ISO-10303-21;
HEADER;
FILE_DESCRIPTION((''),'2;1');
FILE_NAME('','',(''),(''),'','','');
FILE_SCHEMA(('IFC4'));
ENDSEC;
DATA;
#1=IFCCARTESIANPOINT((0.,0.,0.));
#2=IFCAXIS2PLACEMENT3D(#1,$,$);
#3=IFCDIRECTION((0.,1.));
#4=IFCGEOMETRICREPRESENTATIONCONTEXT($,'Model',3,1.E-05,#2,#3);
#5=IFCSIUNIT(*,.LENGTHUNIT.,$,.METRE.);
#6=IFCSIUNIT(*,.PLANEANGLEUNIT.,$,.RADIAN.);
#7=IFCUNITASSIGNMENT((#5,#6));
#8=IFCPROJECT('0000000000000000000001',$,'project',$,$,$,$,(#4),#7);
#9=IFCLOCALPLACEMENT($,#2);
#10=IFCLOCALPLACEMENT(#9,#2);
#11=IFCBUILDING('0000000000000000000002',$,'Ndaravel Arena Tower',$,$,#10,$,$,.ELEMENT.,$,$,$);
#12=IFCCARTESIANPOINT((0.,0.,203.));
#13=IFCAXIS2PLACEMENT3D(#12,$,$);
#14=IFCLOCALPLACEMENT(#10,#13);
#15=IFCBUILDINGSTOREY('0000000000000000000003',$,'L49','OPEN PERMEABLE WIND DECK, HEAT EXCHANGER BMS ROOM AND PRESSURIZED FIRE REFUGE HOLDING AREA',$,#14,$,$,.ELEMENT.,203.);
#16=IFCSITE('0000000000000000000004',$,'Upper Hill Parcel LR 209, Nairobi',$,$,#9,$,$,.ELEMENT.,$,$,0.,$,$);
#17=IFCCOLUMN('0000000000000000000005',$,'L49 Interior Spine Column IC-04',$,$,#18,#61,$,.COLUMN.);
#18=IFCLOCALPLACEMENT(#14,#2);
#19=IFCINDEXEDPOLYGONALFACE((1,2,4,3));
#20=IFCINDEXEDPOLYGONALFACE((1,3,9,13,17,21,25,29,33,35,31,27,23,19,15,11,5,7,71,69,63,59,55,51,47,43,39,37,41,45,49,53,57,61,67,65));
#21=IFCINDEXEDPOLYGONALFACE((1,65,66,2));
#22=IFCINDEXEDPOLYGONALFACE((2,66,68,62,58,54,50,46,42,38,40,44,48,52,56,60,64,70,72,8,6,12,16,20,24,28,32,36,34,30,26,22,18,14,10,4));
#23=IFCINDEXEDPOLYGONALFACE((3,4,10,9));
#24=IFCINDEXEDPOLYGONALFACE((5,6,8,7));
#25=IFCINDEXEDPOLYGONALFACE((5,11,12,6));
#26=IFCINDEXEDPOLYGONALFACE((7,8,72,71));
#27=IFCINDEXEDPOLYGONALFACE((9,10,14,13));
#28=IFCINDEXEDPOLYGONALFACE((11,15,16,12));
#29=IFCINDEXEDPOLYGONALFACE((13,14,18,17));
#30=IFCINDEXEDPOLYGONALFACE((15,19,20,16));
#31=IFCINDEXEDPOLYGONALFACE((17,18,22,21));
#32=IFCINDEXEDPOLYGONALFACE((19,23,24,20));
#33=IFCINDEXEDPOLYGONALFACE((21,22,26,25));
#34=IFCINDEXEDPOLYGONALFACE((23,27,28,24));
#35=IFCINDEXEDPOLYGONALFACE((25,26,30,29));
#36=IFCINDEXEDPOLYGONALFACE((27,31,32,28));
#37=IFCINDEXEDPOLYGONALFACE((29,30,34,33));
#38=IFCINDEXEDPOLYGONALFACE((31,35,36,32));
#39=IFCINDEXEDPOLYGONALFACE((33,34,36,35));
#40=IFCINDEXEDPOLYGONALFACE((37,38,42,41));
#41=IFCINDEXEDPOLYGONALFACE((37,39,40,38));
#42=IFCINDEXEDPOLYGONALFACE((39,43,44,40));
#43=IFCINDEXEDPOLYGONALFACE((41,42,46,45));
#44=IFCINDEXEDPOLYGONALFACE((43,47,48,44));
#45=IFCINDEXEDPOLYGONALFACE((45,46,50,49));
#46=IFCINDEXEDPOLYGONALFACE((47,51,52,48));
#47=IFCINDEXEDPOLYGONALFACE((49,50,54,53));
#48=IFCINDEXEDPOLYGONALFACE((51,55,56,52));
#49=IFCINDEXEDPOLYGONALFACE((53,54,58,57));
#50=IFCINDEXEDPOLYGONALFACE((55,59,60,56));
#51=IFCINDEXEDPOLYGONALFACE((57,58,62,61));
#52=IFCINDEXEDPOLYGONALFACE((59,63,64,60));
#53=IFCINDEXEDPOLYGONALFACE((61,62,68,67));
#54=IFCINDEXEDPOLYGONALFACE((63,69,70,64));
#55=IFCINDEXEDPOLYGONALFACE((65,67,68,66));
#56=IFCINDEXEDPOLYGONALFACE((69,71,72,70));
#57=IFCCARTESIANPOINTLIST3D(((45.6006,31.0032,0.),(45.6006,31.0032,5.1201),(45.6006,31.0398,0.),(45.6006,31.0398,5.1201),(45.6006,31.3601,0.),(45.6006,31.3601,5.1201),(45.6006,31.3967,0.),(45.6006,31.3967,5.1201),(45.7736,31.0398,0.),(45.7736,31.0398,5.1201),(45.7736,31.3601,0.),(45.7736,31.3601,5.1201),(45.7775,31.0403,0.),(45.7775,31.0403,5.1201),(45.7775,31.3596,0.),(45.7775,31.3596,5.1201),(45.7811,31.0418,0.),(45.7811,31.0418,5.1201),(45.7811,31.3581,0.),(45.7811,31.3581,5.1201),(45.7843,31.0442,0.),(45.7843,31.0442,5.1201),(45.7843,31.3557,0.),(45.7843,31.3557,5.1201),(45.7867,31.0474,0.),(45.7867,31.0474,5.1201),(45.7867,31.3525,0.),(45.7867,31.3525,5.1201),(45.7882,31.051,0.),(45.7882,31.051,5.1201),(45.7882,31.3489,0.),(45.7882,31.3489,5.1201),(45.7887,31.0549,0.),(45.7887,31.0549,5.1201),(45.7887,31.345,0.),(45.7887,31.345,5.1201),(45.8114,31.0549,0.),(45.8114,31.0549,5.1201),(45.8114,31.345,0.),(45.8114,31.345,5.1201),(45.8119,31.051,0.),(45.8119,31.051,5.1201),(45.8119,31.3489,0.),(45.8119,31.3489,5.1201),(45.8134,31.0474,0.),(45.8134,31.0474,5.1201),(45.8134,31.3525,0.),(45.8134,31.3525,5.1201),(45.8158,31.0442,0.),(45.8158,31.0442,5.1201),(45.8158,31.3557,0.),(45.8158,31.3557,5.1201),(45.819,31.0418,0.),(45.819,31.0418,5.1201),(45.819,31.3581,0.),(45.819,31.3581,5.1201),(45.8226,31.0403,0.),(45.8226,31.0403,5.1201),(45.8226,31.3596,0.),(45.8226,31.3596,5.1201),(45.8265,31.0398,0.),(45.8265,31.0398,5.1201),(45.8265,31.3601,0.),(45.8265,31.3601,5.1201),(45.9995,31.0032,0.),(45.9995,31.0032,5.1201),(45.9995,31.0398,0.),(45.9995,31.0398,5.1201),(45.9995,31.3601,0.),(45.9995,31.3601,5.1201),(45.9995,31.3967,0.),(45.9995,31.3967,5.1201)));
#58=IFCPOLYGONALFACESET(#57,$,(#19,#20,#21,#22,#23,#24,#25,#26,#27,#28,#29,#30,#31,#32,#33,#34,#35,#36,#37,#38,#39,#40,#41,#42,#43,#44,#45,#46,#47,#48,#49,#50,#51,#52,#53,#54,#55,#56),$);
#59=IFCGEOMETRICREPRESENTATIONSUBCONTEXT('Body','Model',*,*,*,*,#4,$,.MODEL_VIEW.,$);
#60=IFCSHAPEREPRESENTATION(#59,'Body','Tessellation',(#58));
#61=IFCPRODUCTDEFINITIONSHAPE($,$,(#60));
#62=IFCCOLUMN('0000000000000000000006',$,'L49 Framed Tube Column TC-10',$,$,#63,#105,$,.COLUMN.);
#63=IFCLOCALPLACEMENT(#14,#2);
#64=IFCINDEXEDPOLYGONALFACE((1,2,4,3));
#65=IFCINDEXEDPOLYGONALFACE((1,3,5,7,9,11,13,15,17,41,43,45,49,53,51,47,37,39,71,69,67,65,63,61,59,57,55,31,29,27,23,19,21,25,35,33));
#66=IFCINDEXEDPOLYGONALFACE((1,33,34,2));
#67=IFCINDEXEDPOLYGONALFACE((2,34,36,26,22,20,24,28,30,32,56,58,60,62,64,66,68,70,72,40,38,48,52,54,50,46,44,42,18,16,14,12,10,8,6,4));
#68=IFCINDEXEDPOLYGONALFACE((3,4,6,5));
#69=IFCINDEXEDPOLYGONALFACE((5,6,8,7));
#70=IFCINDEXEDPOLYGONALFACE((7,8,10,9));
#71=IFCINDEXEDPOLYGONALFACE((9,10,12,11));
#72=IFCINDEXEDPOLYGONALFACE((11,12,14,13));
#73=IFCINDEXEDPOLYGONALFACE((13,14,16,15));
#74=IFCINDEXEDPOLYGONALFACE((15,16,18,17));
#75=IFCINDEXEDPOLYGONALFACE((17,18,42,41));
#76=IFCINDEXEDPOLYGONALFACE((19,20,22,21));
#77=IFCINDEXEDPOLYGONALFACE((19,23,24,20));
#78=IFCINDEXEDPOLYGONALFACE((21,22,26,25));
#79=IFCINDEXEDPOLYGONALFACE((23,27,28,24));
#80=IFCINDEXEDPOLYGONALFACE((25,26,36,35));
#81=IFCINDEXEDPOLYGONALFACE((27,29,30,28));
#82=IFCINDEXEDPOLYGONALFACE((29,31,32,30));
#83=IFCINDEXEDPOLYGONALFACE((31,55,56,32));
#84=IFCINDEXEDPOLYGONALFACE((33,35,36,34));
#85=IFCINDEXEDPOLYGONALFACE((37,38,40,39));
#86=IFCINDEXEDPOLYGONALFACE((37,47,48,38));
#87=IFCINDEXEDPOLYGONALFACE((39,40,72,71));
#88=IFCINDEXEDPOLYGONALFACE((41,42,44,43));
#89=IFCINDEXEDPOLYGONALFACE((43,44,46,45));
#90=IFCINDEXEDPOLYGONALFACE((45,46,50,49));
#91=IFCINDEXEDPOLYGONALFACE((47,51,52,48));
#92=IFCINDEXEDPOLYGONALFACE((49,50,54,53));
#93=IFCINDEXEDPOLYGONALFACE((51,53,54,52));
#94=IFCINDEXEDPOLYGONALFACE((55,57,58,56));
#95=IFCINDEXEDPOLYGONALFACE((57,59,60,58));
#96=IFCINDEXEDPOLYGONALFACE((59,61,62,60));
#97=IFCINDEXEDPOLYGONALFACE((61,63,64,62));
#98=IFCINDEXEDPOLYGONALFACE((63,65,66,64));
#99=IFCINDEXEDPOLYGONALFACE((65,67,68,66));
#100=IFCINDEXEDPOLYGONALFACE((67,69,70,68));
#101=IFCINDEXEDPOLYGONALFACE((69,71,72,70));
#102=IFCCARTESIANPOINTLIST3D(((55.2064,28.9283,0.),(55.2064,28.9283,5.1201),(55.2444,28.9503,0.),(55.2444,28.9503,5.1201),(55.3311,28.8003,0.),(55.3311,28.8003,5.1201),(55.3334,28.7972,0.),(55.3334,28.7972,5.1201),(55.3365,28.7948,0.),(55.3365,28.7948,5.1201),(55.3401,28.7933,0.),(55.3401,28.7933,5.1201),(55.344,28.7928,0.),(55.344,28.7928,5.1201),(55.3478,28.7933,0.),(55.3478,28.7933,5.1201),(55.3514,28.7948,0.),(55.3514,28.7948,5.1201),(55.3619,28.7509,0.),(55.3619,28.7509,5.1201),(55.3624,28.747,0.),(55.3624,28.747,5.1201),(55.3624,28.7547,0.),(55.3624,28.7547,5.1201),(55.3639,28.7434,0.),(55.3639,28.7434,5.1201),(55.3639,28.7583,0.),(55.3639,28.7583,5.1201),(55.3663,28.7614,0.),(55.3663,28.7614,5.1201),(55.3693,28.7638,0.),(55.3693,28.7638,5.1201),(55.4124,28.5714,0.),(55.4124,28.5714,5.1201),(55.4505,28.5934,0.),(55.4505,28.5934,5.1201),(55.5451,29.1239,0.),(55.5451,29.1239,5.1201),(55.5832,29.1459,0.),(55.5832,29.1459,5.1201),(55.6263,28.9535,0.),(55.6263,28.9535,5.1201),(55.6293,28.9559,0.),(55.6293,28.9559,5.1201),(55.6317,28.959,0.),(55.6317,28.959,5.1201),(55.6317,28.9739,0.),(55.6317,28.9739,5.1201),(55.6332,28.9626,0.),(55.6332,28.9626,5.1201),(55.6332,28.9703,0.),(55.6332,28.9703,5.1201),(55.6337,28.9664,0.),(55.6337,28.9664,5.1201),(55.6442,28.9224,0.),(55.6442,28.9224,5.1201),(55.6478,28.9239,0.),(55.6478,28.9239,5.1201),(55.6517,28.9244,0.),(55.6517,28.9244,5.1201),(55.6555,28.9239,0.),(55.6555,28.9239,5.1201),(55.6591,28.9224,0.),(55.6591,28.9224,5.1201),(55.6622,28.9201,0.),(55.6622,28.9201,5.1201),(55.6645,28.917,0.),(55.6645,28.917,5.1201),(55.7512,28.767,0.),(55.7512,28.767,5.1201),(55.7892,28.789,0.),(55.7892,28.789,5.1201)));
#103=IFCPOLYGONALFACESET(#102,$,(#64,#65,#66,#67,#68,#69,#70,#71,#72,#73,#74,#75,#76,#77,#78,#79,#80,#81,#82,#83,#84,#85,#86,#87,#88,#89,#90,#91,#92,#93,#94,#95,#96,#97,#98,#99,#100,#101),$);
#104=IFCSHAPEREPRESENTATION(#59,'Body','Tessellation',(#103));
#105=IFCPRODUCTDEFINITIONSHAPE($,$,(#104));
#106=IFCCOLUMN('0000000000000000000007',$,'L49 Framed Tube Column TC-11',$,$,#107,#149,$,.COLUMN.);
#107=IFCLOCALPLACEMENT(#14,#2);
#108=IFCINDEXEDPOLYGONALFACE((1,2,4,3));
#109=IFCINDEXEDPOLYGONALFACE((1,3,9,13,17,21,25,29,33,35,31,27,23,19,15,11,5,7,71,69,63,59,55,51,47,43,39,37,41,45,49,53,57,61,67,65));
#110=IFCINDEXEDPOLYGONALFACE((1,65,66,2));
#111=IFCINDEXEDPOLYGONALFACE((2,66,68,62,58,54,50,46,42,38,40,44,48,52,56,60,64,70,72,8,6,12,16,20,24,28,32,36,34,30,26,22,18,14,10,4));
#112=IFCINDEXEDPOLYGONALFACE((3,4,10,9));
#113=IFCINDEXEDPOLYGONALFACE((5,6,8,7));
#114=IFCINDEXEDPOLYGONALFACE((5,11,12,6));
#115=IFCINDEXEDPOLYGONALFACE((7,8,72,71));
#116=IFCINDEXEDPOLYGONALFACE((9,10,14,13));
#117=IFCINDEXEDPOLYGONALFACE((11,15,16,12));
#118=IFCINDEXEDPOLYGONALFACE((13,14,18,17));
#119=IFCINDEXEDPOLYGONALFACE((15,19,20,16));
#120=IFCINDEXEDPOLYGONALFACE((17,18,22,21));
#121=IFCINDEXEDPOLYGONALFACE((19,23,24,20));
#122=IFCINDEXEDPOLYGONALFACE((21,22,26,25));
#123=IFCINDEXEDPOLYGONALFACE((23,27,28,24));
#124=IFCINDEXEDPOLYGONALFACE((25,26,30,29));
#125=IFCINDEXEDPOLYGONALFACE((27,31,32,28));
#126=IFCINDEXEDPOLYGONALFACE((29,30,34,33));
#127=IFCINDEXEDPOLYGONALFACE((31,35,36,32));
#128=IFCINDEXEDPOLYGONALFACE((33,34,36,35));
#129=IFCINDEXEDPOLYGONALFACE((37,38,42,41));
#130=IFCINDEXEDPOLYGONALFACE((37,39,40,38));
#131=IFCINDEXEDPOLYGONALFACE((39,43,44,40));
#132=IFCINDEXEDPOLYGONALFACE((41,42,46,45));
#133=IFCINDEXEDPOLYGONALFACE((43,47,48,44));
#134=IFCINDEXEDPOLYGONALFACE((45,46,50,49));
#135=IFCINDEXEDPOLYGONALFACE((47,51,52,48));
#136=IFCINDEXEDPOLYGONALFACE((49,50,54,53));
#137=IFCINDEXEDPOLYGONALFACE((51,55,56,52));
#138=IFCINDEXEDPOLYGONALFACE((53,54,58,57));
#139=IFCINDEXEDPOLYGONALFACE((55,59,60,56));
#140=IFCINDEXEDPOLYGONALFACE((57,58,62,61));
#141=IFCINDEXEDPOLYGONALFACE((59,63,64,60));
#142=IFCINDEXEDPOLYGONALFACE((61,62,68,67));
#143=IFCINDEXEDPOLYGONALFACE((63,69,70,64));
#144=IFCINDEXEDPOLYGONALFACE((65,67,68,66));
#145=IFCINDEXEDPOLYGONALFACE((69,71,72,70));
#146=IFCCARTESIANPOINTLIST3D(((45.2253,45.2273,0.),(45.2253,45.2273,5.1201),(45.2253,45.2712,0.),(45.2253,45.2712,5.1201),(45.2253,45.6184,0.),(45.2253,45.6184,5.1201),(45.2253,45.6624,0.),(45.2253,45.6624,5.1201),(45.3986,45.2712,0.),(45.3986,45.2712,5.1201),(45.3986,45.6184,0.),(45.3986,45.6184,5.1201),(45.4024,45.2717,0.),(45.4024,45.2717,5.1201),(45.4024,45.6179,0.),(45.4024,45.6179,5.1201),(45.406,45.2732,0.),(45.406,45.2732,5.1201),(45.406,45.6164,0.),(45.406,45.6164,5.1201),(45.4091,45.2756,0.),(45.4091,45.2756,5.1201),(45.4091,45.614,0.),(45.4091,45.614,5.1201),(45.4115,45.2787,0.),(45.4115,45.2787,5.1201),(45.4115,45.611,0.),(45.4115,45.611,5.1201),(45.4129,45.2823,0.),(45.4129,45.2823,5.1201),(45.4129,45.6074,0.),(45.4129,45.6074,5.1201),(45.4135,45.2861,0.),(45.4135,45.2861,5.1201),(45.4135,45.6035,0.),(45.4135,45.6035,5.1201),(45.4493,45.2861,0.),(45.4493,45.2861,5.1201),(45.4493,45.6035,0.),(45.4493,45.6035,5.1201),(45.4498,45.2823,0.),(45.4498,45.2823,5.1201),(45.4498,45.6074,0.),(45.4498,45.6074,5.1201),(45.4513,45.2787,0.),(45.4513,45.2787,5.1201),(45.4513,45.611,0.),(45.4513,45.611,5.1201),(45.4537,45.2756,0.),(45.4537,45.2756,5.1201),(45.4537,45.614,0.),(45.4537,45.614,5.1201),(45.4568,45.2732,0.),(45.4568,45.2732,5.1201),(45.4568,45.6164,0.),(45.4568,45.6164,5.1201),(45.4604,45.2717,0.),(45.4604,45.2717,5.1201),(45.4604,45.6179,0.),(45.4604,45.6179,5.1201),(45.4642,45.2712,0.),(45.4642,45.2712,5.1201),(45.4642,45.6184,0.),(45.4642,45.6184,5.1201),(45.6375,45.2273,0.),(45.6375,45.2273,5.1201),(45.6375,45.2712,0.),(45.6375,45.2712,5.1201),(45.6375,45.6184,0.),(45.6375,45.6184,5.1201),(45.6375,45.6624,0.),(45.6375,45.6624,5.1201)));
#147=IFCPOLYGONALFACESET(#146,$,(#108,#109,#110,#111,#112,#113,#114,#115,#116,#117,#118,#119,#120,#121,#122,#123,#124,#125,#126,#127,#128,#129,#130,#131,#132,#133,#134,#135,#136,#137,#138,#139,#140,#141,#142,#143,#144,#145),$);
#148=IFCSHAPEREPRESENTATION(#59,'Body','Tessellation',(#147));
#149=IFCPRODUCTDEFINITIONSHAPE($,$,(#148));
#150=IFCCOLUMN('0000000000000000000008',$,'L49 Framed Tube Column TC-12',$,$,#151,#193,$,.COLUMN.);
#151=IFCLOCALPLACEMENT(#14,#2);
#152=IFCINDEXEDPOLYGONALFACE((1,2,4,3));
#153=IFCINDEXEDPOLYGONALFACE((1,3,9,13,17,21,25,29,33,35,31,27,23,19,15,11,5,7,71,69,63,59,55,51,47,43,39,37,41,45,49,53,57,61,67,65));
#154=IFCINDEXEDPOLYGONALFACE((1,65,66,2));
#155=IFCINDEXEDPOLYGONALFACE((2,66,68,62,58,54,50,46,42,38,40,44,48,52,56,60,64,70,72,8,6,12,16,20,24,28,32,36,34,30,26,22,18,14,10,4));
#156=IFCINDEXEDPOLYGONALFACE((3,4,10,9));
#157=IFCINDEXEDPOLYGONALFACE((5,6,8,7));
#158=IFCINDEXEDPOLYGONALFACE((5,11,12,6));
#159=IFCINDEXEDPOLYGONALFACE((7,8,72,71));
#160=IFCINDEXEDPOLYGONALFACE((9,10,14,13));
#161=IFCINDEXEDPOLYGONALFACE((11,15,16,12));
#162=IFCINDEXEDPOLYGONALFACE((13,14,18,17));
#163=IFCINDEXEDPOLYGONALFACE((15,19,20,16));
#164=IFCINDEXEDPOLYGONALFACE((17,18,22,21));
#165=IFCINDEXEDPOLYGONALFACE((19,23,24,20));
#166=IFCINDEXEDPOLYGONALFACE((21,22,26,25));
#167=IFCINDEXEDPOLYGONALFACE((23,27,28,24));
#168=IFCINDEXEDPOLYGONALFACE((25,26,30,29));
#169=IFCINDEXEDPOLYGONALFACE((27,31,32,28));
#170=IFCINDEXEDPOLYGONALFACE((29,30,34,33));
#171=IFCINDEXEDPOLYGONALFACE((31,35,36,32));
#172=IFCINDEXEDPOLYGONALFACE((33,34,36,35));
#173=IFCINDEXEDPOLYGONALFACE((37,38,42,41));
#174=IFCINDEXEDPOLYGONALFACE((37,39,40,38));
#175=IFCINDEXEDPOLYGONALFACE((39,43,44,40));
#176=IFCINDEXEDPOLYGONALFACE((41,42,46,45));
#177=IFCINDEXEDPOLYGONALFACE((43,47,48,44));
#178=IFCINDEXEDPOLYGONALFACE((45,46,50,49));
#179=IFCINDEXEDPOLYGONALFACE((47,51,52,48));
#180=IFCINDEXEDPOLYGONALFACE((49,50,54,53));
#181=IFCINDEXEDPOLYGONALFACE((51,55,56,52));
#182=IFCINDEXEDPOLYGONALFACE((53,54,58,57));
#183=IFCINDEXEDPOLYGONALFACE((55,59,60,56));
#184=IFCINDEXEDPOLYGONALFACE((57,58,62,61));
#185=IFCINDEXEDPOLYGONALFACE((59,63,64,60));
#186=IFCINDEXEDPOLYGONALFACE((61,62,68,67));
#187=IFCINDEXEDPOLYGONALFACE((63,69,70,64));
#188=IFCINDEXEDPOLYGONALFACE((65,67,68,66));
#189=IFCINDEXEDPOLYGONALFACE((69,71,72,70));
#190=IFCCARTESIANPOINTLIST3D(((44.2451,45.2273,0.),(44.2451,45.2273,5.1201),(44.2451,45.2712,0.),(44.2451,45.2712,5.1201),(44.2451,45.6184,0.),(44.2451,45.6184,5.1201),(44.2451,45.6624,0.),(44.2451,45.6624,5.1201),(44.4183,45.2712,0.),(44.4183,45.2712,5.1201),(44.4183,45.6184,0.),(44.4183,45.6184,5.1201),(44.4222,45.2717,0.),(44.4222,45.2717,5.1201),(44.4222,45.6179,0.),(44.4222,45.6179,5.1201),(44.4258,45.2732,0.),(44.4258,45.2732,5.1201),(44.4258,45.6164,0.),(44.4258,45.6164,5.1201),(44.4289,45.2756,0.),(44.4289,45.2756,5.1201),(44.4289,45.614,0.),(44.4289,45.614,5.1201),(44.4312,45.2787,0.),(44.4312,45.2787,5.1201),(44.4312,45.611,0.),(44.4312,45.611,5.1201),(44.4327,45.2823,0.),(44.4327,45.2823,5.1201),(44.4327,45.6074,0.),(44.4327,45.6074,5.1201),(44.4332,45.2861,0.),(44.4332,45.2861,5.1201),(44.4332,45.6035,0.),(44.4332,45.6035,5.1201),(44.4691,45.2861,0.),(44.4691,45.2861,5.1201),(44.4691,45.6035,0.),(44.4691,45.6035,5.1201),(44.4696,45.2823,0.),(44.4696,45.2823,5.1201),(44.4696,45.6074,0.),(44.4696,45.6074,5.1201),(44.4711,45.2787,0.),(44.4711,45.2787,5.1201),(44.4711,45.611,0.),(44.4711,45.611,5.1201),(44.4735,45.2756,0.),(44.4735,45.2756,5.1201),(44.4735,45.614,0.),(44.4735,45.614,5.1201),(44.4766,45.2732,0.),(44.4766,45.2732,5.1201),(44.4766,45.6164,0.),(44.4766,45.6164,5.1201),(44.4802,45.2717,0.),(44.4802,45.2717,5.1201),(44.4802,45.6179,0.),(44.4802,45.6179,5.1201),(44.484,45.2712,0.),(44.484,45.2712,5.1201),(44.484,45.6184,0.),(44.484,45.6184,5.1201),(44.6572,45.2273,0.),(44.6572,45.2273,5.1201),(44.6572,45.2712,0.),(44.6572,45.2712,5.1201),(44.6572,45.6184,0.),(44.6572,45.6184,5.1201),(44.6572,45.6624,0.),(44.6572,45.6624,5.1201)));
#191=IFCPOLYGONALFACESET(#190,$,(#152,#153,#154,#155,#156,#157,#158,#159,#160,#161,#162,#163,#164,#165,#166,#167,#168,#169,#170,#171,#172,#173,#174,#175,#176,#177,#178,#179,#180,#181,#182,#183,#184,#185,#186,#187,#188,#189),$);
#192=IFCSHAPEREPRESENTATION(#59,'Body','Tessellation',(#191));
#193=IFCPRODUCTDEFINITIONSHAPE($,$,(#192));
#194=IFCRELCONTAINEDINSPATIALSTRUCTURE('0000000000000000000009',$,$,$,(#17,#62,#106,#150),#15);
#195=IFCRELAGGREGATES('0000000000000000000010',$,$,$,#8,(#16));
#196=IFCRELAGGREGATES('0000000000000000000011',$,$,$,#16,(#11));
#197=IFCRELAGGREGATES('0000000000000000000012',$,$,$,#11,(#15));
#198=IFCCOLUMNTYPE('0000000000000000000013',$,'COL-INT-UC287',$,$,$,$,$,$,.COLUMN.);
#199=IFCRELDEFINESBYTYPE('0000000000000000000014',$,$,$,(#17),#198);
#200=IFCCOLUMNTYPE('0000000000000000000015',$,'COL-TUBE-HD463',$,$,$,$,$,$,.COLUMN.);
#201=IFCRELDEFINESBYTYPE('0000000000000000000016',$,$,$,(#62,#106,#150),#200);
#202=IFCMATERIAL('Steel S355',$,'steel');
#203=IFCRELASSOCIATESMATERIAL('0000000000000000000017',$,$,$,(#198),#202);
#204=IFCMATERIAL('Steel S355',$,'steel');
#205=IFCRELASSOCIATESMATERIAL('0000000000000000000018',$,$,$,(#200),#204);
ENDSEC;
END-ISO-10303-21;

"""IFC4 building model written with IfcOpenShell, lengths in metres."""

from ifc_helpers import new_model, si_unit, direction, frame, origin, origin_2d, place, context, subcontext, project, spatial, i_section, extrude, material, material_profile, profile_set, type_object, element, save


model = new_model("IFC4")

# Units and contexts
model_context = context("Model", 3, precision=1e-05, world=origin(), true_north=direction((0.0, 1.0)))
body_context = subcontext(model_context, "Body", "Model", "MODEL_VIEW")
ifc_project = project(units=[si_unit("LENGTHUNIT", "METRE"), si_unit("PLANEANGLEUNIT", "RADIAN")], contexts=[model_context])

# Site, building, storey
site_placement = place(None, origin())
site = spatial("IfcSite", under=ifc_project, at=site_placement, Name="Upper Hill Parcel LR 209, Nairobi", CompositionType="ELEMENT", RefElevation=0.0)
building_placement = place(site_placement, origin())
building = spatial("IfcBuilding", under=site, at=building_placement, Name="Ndaravel Arena Tower", CompositionType="ELEMENT")
storey_placement = place(building_placement, frame((0.0, 0.0, 203.0)))
storey = spatial("IfcBuildingStorey", under=building, at=storey_placement, Name="L49", Description="OPEN PERMEABLE WIND DECK, HEAT EXCHANGER BMS ROOM AND PRESSURIZED FIRE REFUGE HOLDING AREA", CompositionType="ELEMENT", Elevation=203.0)

# Columns
ifc_material_1 = material(Name="Steel S355", Category="steel")
ifc_material_profile_1 = material_profile(ifc_material_1, i_section(OverallWidth=0.3989, OverallDepth=0.3936, WebThickness=0.0227, FlangeThickness=0.0366, FilletRadius=0.0151, at=origin_2d()), Name="UC 356x406x287")
ifc_profile_set_1 = profile_set([ifc_material_profile_1], Name="Steel S355")
column_type_1 = type_object("IfcColumnType", Name="COL-INT-UC287", PredefinedType="COLUMN", material=ifc_profile_set_1)
column_placement = place(storey_placement, frame((45.8, 31.2, 0.0), z_axis=(0.0, 0.0, 1.0), x_axis=(1.0, 0.0, 0.0)))
element("IfcColumn", 1, at=column_placement, inside=storey, type_object=column_type_1, Name="L49 Interior Spine Column IC-04", PredefinedType="COLUMN", context=body_context, shape_type="SweptSolid", body=[
    extrude(i_section(OverallWidth=0.3989, OverallDepth=0.3936, WebThickness=0.0227, FlangeThickness=0.0366, FilletRadius=0.0151, at=origin_2d()), origin(), (0.0, 0.0, 1.0), 5.1201),
])
ifc_material_2 = material(Name="Steel S355", Category="steel")
ifc_material_profile_2 = material_profile(ifc_material_2, i_section(OverallWidth=0.4121, OverallDepth=0.4351, WebThickness=0.0359, FlangeThickness=0.0439, FilletRadius=0.0149, at=origin_2d()), Name="HD 400x463")
ifc_profile_set_2 = profile_set([ifc_material_profile_2], Name="Steel S355")
column_type_2 = type_object("IfcColumnType", Name="COL-TUBE-HD463", PredefinedType="COLUMN", material=ifc_profile_set_2)
for number, where, z_axis, x_axis, name in (
    (2, (55.4978, 28.8586, 0.0), (0.0, 0.0, 1.0), (-0.5, 0.866025, 0.0), "L49 Framed Tube Column TC-10"),
    (3, (45.4314, 45.4448, 0.0), (0.0, 0.0, 1.0), (1.0, 0.0, 0.0), "L49 Framed Tube Column TC-11"),
    (4, (44.4512, 45.4448, 0.0), (0.0, 0.0, 1.0), (1.0, 0.0, 0.0), "L49 Framed Tube Column TC-12"),
):
    element("IfcColumn", number, at=place(storey_placement, frame(where, z_axis=z_axis, x_axis=x_axis)), inside=storey, type_object=column_type_2, Name=name, PredefinedType="COLUMN", context=body_context, shape_type="SweptSolid", body=[
        extrude(i_section(OverallWidth=0.4121, OverallDepth=0.4351, WebThickness=0.0359, FlangeThickness=0.0439, FilletRadius=0.0149, at=origin_2d()), origin(), (0.0, 0.0, 1.0), 5.1201),
    ])

save(model, "model.ifc")
